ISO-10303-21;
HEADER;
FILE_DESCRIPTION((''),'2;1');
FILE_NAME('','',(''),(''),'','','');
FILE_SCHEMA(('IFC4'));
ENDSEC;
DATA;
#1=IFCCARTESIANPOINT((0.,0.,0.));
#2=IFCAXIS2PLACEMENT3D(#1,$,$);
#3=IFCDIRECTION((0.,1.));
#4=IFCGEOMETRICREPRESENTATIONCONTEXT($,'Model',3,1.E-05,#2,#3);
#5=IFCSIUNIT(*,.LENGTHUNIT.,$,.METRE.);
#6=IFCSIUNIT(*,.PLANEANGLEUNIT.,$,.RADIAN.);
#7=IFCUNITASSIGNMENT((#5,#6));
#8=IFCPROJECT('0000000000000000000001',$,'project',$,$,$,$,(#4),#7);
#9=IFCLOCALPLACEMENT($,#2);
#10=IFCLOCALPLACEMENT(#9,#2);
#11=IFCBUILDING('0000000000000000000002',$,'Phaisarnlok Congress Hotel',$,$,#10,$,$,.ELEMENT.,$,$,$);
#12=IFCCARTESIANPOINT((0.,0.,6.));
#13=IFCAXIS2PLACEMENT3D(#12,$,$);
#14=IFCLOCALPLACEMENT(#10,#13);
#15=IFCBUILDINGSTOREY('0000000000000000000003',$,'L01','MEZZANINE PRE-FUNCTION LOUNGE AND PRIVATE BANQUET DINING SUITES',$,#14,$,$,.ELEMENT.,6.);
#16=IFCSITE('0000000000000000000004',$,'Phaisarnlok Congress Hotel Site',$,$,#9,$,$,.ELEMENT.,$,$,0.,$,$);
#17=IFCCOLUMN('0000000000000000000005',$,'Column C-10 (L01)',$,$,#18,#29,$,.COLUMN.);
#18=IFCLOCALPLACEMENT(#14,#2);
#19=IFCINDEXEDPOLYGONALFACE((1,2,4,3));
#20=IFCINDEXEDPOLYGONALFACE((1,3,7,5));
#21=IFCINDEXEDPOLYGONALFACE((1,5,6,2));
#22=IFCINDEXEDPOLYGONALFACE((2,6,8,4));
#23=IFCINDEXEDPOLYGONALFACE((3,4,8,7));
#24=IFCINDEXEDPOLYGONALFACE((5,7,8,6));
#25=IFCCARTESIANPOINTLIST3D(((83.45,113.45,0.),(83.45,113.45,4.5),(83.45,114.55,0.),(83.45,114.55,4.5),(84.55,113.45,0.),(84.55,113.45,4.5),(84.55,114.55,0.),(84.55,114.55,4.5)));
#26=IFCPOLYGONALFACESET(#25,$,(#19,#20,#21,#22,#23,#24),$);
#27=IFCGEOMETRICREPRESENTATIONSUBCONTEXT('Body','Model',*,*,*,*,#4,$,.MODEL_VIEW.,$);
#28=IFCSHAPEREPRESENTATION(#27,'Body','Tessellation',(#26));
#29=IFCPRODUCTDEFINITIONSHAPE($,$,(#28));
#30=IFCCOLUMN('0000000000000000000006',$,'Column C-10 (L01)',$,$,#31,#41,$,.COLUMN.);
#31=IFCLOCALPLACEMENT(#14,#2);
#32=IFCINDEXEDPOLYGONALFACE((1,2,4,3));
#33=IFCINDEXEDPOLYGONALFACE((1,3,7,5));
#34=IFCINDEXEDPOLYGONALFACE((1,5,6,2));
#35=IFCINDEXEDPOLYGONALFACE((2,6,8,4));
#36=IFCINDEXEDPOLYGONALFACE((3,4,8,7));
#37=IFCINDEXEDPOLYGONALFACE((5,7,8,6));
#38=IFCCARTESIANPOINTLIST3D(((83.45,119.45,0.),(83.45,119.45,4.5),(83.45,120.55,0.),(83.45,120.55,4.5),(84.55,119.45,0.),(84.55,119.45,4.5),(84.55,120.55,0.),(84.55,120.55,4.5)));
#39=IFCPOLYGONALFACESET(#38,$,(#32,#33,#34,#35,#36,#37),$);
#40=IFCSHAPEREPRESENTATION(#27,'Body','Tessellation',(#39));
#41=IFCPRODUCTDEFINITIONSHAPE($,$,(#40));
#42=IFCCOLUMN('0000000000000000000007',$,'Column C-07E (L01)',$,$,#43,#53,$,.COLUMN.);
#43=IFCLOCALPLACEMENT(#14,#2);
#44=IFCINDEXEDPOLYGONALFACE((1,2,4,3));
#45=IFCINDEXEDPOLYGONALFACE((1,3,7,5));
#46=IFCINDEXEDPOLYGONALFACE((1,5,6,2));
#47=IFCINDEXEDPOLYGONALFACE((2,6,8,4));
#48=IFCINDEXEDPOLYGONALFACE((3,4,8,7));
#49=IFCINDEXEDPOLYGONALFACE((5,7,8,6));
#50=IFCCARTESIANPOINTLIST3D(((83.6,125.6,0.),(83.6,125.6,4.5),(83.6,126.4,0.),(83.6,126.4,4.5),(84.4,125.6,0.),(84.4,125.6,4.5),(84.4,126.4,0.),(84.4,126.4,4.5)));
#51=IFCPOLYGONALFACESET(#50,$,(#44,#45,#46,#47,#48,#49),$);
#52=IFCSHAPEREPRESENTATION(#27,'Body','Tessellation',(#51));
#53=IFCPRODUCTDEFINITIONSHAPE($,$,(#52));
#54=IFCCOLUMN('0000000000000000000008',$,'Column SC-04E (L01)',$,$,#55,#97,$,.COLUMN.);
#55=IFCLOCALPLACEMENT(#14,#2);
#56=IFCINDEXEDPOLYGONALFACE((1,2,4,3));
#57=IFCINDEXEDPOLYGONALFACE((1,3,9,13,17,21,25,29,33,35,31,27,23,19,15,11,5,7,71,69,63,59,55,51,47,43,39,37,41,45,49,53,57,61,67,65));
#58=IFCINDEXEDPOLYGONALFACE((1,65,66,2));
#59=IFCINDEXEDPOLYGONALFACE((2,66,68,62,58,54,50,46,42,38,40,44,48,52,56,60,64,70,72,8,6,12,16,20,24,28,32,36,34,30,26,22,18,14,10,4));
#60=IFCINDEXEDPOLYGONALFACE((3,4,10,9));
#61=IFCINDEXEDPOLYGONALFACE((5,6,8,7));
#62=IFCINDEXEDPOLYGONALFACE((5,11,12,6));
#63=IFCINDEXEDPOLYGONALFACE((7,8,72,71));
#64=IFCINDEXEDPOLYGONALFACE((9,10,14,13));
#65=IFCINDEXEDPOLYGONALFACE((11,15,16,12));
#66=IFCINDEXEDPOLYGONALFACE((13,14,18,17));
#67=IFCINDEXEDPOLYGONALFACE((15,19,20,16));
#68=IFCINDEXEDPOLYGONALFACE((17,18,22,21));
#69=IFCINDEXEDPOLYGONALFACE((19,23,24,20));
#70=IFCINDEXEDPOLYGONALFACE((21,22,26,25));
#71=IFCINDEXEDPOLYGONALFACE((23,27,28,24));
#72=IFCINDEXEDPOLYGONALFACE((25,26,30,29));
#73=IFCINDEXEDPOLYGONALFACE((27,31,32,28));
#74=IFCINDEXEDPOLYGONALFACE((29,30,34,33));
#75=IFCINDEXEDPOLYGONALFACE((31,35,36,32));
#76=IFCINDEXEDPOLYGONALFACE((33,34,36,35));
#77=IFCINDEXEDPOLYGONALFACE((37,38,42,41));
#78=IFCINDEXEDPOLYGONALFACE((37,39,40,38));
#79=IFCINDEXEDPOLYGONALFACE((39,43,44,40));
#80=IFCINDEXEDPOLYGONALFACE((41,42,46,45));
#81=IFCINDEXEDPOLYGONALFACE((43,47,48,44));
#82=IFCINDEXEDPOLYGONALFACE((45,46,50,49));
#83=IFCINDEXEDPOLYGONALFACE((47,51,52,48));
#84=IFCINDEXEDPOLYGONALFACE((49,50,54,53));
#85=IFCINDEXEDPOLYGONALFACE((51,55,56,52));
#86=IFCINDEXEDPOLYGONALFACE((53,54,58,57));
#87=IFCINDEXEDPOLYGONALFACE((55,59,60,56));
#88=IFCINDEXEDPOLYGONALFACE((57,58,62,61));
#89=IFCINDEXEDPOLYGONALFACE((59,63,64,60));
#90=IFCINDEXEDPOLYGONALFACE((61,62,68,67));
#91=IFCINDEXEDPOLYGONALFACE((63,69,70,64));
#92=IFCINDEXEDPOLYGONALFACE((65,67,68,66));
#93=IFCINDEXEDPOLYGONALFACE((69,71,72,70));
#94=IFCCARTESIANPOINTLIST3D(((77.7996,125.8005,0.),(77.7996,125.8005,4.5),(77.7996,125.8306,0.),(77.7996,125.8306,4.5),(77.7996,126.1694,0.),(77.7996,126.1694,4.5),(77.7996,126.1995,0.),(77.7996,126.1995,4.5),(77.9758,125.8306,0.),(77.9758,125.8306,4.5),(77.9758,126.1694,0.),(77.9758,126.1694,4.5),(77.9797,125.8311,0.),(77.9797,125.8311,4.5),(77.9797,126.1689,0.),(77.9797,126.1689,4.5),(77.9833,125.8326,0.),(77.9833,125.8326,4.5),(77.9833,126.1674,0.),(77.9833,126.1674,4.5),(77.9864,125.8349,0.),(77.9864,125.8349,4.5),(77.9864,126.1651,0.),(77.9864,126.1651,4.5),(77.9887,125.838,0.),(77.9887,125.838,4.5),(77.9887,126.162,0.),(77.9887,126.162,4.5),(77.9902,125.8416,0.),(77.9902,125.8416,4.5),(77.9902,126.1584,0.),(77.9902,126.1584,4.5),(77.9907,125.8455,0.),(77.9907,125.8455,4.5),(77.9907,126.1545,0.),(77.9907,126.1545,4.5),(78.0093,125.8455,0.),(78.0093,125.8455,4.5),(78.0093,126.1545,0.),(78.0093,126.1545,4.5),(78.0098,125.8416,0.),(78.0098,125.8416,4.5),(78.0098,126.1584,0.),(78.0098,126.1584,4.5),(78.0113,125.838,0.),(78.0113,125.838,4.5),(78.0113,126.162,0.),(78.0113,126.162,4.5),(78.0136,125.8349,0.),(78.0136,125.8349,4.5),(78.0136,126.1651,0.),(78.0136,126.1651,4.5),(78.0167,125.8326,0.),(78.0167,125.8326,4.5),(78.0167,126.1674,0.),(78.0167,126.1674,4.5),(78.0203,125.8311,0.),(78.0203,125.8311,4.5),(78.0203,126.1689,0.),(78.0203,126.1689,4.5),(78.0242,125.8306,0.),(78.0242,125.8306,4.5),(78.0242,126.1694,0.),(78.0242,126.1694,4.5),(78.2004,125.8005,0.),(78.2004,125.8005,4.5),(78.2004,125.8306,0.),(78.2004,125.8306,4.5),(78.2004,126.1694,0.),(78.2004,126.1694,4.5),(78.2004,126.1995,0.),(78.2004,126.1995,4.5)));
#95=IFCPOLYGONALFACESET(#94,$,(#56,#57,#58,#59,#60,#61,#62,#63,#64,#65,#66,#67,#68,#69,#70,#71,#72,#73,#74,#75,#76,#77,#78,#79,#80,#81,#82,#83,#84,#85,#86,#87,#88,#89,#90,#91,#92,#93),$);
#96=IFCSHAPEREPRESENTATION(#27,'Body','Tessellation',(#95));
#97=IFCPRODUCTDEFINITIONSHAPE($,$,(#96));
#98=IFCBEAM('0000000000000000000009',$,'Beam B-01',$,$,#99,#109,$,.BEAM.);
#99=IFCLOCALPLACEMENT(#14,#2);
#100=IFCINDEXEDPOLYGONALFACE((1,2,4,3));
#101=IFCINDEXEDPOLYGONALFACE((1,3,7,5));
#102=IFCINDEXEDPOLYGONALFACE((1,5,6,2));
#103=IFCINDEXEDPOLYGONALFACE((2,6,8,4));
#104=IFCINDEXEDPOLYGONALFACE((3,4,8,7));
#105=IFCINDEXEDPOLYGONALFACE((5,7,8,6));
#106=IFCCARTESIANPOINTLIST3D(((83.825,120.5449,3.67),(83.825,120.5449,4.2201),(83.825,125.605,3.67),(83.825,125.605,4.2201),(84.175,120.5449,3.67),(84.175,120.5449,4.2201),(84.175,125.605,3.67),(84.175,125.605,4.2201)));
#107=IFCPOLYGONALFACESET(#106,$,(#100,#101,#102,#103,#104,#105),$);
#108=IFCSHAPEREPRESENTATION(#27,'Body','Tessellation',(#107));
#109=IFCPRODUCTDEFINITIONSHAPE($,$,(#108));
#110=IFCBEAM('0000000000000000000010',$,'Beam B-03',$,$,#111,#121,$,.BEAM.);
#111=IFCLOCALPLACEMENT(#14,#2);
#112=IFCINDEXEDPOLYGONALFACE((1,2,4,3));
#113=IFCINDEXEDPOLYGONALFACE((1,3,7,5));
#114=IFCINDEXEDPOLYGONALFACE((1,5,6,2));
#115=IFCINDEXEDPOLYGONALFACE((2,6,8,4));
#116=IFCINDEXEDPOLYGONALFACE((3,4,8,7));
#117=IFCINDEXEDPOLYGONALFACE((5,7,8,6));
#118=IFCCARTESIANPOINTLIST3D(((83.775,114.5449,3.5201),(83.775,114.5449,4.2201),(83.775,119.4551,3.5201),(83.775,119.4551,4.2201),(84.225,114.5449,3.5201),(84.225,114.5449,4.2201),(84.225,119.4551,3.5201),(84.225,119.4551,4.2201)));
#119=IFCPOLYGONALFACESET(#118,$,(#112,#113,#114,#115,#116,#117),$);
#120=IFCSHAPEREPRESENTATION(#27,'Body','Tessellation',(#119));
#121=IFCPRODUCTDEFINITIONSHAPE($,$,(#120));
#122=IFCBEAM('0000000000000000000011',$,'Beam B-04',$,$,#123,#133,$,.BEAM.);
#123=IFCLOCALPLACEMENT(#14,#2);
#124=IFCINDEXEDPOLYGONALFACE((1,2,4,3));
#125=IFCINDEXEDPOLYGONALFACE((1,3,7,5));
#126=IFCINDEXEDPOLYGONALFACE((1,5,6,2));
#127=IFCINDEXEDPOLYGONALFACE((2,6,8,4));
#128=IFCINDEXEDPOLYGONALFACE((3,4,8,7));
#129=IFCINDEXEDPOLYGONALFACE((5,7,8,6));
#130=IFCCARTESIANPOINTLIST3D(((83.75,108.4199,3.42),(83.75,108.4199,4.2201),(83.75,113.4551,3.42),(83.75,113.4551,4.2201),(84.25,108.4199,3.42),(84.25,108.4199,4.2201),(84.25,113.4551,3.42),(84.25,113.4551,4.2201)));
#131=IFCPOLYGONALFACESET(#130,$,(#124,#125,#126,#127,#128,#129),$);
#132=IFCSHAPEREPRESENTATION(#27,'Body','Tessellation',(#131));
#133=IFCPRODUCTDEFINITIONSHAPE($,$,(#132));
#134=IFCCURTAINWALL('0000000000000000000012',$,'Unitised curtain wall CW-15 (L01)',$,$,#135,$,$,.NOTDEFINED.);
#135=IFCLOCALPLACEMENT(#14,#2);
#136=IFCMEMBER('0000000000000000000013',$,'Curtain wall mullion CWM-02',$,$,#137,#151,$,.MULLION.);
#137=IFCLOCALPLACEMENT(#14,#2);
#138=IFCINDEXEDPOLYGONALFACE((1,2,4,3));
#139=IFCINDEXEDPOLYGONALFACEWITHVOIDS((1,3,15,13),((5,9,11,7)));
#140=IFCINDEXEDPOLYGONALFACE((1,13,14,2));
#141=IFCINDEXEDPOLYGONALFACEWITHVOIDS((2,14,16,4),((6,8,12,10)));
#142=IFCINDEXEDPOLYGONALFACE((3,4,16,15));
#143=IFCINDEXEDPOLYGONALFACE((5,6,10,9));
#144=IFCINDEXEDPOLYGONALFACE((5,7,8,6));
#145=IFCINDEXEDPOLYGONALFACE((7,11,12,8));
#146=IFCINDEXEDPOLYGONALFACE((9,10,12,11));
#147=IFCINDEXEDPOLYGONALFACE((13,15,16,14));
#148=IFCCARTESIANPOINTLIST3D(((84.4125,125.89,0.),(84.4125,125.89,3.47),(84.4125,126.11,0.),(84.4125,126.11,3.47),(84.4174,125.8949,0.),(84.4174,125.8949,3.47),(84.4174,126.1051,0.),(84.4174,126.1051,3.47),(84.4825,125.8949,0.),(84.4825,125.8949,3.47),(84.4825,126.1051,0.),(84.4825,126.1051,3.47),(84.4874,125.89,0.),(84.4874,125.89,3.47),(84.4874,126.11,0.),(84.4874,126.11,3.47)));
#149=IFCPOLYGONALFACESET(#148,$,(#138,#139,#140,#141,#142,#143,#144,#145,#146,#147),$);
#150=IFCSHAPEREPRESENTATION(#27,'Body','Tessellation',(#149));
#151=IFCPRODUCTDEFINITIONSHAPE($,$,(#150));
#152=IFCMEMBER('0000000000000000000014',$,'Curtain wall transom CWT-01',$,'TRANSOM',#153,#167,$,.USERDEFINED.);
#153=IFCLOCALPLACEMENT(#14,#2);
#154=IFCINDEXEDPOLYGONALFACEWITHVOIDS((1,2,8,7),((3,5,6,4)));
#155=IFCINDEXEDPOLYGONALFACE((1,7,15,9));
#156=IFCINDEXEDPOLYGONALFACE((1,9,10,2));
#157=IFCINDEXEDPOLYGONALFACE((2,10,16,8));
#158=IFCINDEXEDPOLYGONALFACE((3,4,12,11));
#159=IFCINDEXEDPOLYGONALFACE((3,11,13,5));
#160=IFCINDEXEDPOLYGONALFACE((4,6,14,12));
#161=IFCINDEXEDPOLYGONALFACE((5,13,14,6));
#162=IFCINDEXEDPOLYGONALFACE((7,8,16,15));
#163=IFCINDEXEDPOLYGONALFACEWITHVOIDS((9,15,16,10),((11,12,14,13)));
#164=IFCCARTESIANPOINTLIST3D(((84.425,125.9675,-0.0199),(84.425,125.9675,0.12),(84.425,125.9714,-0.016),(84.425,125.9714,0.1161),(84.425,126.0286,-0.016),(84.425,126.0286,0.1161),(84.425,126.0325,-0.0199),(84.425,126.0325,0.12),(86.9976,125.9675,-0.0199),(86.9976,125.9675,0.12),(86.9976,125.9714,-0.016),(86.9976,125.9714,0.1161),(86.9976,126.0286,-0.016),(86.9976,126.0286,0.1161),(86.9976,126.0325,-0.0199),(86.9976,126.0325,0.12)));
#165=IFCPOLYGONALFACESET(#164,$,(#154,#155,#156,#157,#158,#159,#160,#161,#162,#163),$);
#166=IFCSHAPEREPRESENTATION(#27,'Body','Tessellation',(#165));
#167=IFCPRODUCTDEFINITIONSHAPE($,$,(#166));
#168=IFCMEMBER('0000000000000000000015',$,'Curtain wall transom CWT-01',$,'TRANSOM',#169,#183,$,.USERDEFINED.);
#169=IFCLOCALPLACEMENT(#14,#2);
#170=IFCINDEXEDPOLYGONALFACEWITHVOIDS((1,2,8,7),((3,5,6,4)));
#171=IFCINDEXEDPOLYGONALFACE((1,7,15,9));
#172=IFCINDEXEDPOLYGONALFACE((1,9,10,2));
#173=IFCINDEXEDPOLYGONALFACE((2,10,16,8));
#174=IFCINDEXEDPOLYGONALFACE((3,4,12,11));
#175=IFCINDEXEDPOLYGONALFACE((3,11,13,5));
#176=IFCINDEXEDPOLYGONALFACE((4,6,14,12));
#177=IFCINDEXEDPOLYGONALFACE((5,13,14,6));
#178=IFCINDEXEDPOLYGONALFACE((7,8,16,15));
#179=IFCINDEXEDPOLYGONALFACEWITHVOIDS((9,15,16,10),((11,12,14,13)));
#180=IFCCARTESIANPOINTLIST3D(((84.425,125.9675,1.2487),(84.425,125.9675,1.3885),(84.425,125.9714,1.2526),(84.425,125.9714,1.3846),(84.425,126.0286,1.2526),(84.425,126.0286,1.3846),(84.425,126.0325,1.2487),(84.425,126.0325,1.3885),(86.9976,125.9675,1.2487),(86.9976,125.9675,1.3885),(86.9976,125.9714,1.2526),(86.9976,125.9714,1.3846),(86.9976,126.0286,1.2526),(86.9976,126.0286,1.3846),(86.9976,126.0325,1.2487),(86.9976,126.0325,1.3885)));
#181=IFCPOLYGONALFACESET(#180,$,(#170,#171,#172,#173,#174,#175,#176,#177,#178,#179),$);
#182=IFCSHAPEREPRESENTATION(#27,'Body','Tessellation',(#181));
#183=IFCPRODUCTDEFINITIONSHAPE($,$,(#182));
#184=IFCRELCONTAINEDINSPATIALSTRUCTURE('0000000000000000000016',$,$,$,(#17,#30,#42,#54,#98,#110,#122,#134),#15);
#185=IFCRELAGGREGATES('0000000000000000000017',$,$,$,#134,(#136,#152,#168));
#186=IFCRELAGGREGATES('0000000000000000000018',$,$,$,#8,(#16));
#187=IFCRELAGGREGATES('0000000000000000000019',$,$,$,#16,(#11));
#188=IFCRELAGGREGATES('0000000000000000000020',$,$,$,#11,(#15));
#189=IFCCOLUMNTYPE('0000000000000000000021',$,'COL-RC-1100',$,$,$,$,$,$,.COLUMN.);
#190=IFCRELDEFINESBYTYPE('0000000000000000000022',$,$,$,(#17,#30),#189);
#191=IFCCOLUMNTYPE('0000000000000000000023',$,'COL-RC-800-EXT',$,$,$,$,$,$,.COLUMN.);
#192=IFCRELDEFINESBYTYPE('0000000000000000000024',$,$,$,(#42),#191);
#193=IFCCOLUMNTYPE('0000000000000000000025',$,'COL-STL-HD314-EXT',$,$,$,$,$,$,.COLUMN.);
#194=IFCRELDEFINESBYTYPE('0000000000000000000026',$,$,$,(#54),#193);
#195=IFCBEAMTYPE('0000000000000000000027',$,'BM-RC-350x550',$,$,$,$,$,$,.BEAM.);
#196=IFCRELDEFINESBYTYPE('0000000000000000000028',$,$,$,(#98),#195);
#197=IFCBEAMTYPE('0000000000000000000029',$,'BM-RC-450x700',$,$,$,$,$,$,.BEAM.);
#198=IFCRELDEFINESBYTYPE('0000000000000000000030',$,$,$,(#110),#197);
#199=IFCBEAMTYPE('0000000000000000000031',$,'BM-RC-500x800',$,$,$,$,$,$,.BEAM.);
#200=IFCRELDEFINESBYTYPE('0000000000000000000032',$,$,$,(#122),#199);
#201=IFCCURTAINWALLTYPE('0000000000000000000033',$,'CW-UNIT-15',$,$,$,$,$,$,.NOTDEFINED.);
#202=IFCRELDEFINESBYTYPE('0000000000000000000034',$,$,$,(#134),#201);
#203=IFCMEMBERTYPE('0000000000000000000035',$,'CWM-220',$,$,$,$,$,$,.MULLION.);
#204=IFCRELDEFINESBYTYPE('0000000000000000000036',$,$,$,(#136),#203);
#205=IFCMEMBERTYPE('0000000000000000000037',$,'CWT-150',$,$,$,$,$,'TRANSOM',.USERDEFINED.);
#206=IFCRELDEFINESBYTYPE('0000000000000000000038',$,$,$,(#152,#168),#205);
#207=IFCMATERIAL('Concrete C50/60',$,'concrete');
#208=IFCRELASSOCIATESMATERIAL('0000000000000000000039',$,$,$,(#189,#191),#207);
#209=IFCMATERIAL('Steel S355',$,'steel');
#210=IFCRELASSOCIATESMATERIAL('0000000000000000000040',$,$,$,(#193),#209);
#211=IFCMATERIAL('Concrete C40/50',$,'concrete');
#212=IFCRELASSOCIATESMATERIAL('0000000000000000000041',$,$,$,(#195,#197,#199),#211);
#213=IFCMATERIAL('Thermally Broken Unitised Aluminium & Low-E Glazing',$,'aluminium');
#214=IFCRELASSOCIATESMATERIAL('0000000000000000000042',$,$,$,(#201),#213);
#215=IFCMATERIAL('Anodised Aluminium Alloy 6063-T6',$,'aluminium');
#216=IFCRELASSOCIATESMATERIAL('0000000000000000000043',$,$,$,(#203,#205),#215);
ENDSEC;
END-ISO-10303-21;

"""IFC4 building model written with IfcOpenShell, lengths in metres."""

from ifc_helpers import new_model, si_unit, direction, frame, origin, origin_2d, place, context, subcontext, project, spatial, rectangle, hollow_rectangle, i_section, extrude, material, material_profile, profile_set, type_object, element, aggregate, save


model = new_model("IFC4")

# Units and contexts
model_context = context("Model", 3, precision=1e-05, world=origin(), true_north=direction((0.0, 1.0)))
body_context = subcontext(model_context, "Body", "Model", "MODEL_VIEW")
ifc_project = project(units=[si_unit("LENGTHUNIT", "METRE"), si_unit("PLANEANGLEUNIT", "RADIAN")], contexts=[model_context])

# Site, building, storey
site_placement = place(None, origin())
site = spatial("IfcSite", under=ifc_project, at=site_placement, Name="Phaisarnlok Congress Hotel Site", CompositionType="ELEMENT", RefElevation=0.0)
building_placement = place(site_placement, origin())
building = spatial("IfcBuilding", under=site, at=building_placement, Name="Phaisarnlok Congress Hotel", CompositionType="ELEMENT")
storey_placement = place(building_placement, frame((0.0, 0.0, 6.0)))
storey = spatial("IfcBuildingStorey", under=building, at=storey_placement, Name="L01", Description="MEZZANINE PRE-FUNCTION LOUNGE AND PRIVATE BANQUET DINING SUITES", CompositionType="ELEMENT", Elevation=6.0)

# Columns
ifc_material_1 = material(Name="Concrete C50/60", Category="concrete")
ifc_material_profile_1 = material_profile(ifc_material_1, rectangle(XDim=1.1001, YDim=1.1001, at=origin_2d()), Name="RC 1100x1100")
ifc_profile_set_1 = profile_set([ifc_material_profile_1], Name="Concrete C50/60")
column_type_1 = type_object("IfcColumnType", Name="COL-RC-1100", PredefinedType="COLUMN", material=ifc_profile_set_1)
for number, where, z_axis, x_axis, name in (
    (1, (84.0, 114.0, 0.0), (0.0, 0.0, 1.0), (1.0, 0.0, 0.0), "Column C-10 (L01)"),
    (2, (84.0, 120.0, 0.0), (0.0, 0.0, 1.0), (1.0, 0.0, 0.0), "Column C-10 (L01)"),
):
    element("IfcColumn", number, at=place(storey_placement, frame(where, z_axis=z_axis, x_axis=x_axis)), inside=storey, type_object=column_type_1, Name=name, PredefinedType="COLUMN", context=body_context, shape_type="SweptSolid", body=[
        extrude(rectangle(XDim=1.1001, YDim=1.1001, at=origin_2d()), origin(), (0.0, 0.0, 1.0), 4.5),
    ])
ifc_material_profile_2 = material_profile(ifc_material_1, rectangle(XDim=0.8, YDim=0.8, at=origin_2d()), Name="RC 800x800")
ifc_profile_set_2 = profile_set([ifc_material_profile_2], Name="Concrete C50/60")
column_type_2 = type_object("IfcColumnType", Name="COL-RC-800-EXT", PredefinedType="COLUMN", material=ifc_profile_set_2)
column_1_placement = place(storey_placement, frame((84.0, 126.0, 0.0), z_axis=(0.0, 0.0, 1.0), x_axis=(1.0, 0.0, 0.0)))
element("IfcColumn", 3, at=column_1_placement, inside=storey, type_object=column_type_2, Name="Column C-07E (L01)", PredefinedType="COLUMN", context=body_context, shape_type="SweptSolid", body=[
    extrude(rectangle(XDim=0.8, YDim=0.8, at=origin_2d()), origin(), (0.0, 0.0, 1.0), 4.5),
])
ifc_material_2 = material(Name="Steel S355", Category="steel")
ifc_material_profile_3 = material_profile(ifc_material_2, i_section(OverallWidth=0.4009, OverallDepth=0.3989, WebThickness=0.0186, FlangeThickness=0.03, FilletRadius=0.0149, at=origin_2d()), Name="HD 400x314")
ifc_profile_set_3 = profile_set([ifc_material_profile_3], Name="Steel S355")
column_type_3 = type_object("IfcColumnType", Name="COL-STL-HD314-EXT", PredefinedType="COLUMN", material=ifc_profile_set_3)
column_2_placement = place(storey_placement, frame((78.0, 126.0, 0.0), z_axis=(0.0, 0.0, 1.0), x_axis=(1.0, 0.0, 0.0)))
element("IfcColumn", 4, at=column_2_placement, inside=storey, type_object=column_type_3, Name="Column SC-04E (L01)", PredefinedType="COLUMN", context=body_context, shape_type="SweptSolid", body=[
    extrude(i_section(OverallWidth=0.4009, OverallDepth=0.3989, WebThickness=0.0186, FlangeThickness=0.03, FilletRadius=0.0149, at=origin_2d()), origin(), (0.0, 0.0, 1.0), 4.5),
])

# Beams
ifc_material_3 = material(Name="Concrete C40/50", Category="concrete")
ifc_material_profile_4 = material_profile(ifc_material_3, rectangle(XDim=0.3501, YDim=0.55, at=origin_2d()), Name="RC 350x550")
ifc_profile_set_4 = profile_set([ifc_material_profile_4], Name="Concrete C40/50")
beam_type_1 = type_object("IfcBeamType", Name="BM-RC-350x550", PredefinedType="BEAM", material=ifc_profile_set_4)
beam_1_placement = place(storey_placement, frame((84.0, 120.5449, 3.9451), z_axis=(0.0, 1.0, 0.0), x_axis=(-1.0, 0.0, 0.0)))
element("IfcBeam", 5, at=beam_1_placement, inside=storey, type_object=beam_type_1, Name="Beam B-01", PredefinedType="BEAM", context=body_context, shape_type="SweptSolid", body=[
    extrude(rectangle(XDim=0.3501, YDim=0.55, at=origin_2d()), origin(), (0.0, 0.0, 1.0), 5.0601),
])
ifc_material_profile_5 = material_profile(ifc_material_3, rectangle(XDim=0.45, YDim=0.7, at=origin_2d()), Name="RC 450x700")
ifc_profile_set_5 = profile_set([ifc_material_profile_5], Name="Concrete C40/50")
beam_type_2 = type_object("IfcBeamType", Name="BM-RC-450x700", PredefinedType="BEAM", material=ifc_profile_set_5)
beam_2_placement = place(storey_placement, frame((84.0, 114.5449, 3.8701), z_axis=(0.0, 1.0, 0.0), x_axis=(-1.0, 0.0, 0.0)))
element("IfcBeam", 6, at=beam_2_placement, inside=storey, type_object=beam_type_2, Name="Beam B-03", PredefinedType="BEAM", context=body_context, shape_type="SweptSolid", body=[
    extrude(rectangle(XDim=0.45, YDim=0.7, at=origin_2d()), origin(), (0.0, 0.0, 1.0), 4.9102),
])
ifc_material_profile_6 = material_profile(ifc_material_3, rectangle(XDim=0.5, YDim=0.8, at=origin_2d()), Name="RC 500x800")
ifc_profile_set_6 = profile_set([ifc_material_profile_6], Name="Concrete C40/50")
beam_type_3 = type_object("IfcBeamType", Name="BM-RC-500x800", PredefinedType="BEAM", material=ifc_profile_set_6)
beam_3_placement = place(storey_placement, frame((84.0, 108.4199, 3.8201), z_axis=(0.0, 1.0, 0.0), x_axis=(-1.0, 0.0, 0.0)))
element("IfcBeam", 7, at=beam_3_placement, inside=storey, type_object=beam_type_3, Name="Beam B-04", PredefinedType="BEAM", context=body_context, shape_type="SweptSolid", body=[
    extrude(rectangle(XDim=0.5, YDim=0.8, at=origin_2d()), origin(), (0.0, 0.0, 1.0), 5.0352),
])

# Curtain wall, members
ifc_material_4 = material(Name="Thermally Broken Unitised Aluminium & Low-E Glazing", Category="aluminium")
curtain_wall_type_1 = type_object("IfcCurtainWallType", Name="CW-UNIT-15", PredefinedType="NOTDEFINED", material=ifc_material_4)
curtain_wall_1_placement = place(storey_placement, origin())
curtain_wall_1 = element("IfcCurtainWall", 8, at=curtain_wall_1_placement, inside=storey, type_object=curtain_wall_type_1, Name="Unitised curtain wall CW-15 (L01)", PredefinedType="NOTDEFINED")
ifc_material_5 = material(Name="Anodised Aluminium Alloy 6063-T6", Category="aluminium")
ifc_material_profile_7 = material_profile(ifc_material_5, hollow_rectangle(XDim=0.075, YDim=0.22, WallThickness=0.0049, at=origin_2d()), Name="ALU-M 75x220x5")
ifc_profile_set_7 = profile_set([ifc_material_profile_7], Name="Anodised Aluminium Alloy 6063-T6")
member_type_1 = type_object("IfcMemberType", Name="CWM-220", PredefinedType="MULLION", material=ifc_profile_set_7)
member_1_placement = place(storey_placement, frame((84.45, 126.0, 0.0), z_axis=(0.0, 0.0, 1.0), x_axis=(-1.0, 0.0, 0.0)))
member_1 = element("IfcMember", 9, at=member_1_placement, type_object=member_type_1, Name="Curtain wall mullion CWM-02", PredefinedType="MULLION", context=body_context, shape_type="SweptSolid", body=[
    extrude(hollow_rectangle(XDim=0.075, YDim=0.22, WallThickness=0.0049, at=origin_2d()), origin(), (0.0, 0.0, 1.0), 3.47),
])
ifc_material_profile_8 = material_profile(ifc_material_5, hollow_rectangle(XDim=0.0649, YDim=0.1399, WallThickness=0.0039, at=origin_2d()), Name="ALU-T 65x140x4")
ifc_profile_set_8 = profile_set([ifc_material_profile_8], Name="Anodised Aluminium Alloy 6063-T6")
member_type_2 = type_object("IfcMemberType", Name="CWT-150", ElementType="TRANSOM", PredefinedType="USERDEFINED", material=ifc_profile_set_8)
member_2_placement = place(storey_placement, frame((86.9976, 126.0, 0.05), z_axis=(-1.0, 0.0, 0.0), x_axis=(0.0, -1.0, 0.0)))
member_2 = element("IfcMember", 10, at=member_2_placement, type_object=member_type_2, Name="Curtain wall transom CWT-01", ObjectType="TRANSOM", PredefinedType="USERDEFINED", context=body_context, shape_type="SweptSolid", body=[
    extrude(hollow_rectangle(XDim=0.0649, YDim=0.1399, WallThickness=0.0039, at=origin_2d()), origin(), (0.0, 0.0, 1.0), 2.5725),
])
member_3_placement = place(storey_placement, frame((86.9976, 126.0, 1.3186), z_axis=(-1.0, 0.0, 0.0), x_axis=(0.0, -1.0, 0.0)))
member_3 = element("IfcMember", 11, at=member_3_placement, type_object=member_type_2, Name="Curtain wall transom CWT-01", ObjectType="TRANSOM", PredefinedType="USERDEFINED", context=body_context, shape_type="SweptSolid", body=[
    extrude(hollow_rectangle(XDim=0.0649, YDim=0.1399, WallThickness=0.0039, at=origin_2d()), origin(), (0.0, 0.0, 1.0), 2.5725),
])

aggregate(curtain_wall_1, [member_1, member_2, member_3])

save(model, "model.ifc")
